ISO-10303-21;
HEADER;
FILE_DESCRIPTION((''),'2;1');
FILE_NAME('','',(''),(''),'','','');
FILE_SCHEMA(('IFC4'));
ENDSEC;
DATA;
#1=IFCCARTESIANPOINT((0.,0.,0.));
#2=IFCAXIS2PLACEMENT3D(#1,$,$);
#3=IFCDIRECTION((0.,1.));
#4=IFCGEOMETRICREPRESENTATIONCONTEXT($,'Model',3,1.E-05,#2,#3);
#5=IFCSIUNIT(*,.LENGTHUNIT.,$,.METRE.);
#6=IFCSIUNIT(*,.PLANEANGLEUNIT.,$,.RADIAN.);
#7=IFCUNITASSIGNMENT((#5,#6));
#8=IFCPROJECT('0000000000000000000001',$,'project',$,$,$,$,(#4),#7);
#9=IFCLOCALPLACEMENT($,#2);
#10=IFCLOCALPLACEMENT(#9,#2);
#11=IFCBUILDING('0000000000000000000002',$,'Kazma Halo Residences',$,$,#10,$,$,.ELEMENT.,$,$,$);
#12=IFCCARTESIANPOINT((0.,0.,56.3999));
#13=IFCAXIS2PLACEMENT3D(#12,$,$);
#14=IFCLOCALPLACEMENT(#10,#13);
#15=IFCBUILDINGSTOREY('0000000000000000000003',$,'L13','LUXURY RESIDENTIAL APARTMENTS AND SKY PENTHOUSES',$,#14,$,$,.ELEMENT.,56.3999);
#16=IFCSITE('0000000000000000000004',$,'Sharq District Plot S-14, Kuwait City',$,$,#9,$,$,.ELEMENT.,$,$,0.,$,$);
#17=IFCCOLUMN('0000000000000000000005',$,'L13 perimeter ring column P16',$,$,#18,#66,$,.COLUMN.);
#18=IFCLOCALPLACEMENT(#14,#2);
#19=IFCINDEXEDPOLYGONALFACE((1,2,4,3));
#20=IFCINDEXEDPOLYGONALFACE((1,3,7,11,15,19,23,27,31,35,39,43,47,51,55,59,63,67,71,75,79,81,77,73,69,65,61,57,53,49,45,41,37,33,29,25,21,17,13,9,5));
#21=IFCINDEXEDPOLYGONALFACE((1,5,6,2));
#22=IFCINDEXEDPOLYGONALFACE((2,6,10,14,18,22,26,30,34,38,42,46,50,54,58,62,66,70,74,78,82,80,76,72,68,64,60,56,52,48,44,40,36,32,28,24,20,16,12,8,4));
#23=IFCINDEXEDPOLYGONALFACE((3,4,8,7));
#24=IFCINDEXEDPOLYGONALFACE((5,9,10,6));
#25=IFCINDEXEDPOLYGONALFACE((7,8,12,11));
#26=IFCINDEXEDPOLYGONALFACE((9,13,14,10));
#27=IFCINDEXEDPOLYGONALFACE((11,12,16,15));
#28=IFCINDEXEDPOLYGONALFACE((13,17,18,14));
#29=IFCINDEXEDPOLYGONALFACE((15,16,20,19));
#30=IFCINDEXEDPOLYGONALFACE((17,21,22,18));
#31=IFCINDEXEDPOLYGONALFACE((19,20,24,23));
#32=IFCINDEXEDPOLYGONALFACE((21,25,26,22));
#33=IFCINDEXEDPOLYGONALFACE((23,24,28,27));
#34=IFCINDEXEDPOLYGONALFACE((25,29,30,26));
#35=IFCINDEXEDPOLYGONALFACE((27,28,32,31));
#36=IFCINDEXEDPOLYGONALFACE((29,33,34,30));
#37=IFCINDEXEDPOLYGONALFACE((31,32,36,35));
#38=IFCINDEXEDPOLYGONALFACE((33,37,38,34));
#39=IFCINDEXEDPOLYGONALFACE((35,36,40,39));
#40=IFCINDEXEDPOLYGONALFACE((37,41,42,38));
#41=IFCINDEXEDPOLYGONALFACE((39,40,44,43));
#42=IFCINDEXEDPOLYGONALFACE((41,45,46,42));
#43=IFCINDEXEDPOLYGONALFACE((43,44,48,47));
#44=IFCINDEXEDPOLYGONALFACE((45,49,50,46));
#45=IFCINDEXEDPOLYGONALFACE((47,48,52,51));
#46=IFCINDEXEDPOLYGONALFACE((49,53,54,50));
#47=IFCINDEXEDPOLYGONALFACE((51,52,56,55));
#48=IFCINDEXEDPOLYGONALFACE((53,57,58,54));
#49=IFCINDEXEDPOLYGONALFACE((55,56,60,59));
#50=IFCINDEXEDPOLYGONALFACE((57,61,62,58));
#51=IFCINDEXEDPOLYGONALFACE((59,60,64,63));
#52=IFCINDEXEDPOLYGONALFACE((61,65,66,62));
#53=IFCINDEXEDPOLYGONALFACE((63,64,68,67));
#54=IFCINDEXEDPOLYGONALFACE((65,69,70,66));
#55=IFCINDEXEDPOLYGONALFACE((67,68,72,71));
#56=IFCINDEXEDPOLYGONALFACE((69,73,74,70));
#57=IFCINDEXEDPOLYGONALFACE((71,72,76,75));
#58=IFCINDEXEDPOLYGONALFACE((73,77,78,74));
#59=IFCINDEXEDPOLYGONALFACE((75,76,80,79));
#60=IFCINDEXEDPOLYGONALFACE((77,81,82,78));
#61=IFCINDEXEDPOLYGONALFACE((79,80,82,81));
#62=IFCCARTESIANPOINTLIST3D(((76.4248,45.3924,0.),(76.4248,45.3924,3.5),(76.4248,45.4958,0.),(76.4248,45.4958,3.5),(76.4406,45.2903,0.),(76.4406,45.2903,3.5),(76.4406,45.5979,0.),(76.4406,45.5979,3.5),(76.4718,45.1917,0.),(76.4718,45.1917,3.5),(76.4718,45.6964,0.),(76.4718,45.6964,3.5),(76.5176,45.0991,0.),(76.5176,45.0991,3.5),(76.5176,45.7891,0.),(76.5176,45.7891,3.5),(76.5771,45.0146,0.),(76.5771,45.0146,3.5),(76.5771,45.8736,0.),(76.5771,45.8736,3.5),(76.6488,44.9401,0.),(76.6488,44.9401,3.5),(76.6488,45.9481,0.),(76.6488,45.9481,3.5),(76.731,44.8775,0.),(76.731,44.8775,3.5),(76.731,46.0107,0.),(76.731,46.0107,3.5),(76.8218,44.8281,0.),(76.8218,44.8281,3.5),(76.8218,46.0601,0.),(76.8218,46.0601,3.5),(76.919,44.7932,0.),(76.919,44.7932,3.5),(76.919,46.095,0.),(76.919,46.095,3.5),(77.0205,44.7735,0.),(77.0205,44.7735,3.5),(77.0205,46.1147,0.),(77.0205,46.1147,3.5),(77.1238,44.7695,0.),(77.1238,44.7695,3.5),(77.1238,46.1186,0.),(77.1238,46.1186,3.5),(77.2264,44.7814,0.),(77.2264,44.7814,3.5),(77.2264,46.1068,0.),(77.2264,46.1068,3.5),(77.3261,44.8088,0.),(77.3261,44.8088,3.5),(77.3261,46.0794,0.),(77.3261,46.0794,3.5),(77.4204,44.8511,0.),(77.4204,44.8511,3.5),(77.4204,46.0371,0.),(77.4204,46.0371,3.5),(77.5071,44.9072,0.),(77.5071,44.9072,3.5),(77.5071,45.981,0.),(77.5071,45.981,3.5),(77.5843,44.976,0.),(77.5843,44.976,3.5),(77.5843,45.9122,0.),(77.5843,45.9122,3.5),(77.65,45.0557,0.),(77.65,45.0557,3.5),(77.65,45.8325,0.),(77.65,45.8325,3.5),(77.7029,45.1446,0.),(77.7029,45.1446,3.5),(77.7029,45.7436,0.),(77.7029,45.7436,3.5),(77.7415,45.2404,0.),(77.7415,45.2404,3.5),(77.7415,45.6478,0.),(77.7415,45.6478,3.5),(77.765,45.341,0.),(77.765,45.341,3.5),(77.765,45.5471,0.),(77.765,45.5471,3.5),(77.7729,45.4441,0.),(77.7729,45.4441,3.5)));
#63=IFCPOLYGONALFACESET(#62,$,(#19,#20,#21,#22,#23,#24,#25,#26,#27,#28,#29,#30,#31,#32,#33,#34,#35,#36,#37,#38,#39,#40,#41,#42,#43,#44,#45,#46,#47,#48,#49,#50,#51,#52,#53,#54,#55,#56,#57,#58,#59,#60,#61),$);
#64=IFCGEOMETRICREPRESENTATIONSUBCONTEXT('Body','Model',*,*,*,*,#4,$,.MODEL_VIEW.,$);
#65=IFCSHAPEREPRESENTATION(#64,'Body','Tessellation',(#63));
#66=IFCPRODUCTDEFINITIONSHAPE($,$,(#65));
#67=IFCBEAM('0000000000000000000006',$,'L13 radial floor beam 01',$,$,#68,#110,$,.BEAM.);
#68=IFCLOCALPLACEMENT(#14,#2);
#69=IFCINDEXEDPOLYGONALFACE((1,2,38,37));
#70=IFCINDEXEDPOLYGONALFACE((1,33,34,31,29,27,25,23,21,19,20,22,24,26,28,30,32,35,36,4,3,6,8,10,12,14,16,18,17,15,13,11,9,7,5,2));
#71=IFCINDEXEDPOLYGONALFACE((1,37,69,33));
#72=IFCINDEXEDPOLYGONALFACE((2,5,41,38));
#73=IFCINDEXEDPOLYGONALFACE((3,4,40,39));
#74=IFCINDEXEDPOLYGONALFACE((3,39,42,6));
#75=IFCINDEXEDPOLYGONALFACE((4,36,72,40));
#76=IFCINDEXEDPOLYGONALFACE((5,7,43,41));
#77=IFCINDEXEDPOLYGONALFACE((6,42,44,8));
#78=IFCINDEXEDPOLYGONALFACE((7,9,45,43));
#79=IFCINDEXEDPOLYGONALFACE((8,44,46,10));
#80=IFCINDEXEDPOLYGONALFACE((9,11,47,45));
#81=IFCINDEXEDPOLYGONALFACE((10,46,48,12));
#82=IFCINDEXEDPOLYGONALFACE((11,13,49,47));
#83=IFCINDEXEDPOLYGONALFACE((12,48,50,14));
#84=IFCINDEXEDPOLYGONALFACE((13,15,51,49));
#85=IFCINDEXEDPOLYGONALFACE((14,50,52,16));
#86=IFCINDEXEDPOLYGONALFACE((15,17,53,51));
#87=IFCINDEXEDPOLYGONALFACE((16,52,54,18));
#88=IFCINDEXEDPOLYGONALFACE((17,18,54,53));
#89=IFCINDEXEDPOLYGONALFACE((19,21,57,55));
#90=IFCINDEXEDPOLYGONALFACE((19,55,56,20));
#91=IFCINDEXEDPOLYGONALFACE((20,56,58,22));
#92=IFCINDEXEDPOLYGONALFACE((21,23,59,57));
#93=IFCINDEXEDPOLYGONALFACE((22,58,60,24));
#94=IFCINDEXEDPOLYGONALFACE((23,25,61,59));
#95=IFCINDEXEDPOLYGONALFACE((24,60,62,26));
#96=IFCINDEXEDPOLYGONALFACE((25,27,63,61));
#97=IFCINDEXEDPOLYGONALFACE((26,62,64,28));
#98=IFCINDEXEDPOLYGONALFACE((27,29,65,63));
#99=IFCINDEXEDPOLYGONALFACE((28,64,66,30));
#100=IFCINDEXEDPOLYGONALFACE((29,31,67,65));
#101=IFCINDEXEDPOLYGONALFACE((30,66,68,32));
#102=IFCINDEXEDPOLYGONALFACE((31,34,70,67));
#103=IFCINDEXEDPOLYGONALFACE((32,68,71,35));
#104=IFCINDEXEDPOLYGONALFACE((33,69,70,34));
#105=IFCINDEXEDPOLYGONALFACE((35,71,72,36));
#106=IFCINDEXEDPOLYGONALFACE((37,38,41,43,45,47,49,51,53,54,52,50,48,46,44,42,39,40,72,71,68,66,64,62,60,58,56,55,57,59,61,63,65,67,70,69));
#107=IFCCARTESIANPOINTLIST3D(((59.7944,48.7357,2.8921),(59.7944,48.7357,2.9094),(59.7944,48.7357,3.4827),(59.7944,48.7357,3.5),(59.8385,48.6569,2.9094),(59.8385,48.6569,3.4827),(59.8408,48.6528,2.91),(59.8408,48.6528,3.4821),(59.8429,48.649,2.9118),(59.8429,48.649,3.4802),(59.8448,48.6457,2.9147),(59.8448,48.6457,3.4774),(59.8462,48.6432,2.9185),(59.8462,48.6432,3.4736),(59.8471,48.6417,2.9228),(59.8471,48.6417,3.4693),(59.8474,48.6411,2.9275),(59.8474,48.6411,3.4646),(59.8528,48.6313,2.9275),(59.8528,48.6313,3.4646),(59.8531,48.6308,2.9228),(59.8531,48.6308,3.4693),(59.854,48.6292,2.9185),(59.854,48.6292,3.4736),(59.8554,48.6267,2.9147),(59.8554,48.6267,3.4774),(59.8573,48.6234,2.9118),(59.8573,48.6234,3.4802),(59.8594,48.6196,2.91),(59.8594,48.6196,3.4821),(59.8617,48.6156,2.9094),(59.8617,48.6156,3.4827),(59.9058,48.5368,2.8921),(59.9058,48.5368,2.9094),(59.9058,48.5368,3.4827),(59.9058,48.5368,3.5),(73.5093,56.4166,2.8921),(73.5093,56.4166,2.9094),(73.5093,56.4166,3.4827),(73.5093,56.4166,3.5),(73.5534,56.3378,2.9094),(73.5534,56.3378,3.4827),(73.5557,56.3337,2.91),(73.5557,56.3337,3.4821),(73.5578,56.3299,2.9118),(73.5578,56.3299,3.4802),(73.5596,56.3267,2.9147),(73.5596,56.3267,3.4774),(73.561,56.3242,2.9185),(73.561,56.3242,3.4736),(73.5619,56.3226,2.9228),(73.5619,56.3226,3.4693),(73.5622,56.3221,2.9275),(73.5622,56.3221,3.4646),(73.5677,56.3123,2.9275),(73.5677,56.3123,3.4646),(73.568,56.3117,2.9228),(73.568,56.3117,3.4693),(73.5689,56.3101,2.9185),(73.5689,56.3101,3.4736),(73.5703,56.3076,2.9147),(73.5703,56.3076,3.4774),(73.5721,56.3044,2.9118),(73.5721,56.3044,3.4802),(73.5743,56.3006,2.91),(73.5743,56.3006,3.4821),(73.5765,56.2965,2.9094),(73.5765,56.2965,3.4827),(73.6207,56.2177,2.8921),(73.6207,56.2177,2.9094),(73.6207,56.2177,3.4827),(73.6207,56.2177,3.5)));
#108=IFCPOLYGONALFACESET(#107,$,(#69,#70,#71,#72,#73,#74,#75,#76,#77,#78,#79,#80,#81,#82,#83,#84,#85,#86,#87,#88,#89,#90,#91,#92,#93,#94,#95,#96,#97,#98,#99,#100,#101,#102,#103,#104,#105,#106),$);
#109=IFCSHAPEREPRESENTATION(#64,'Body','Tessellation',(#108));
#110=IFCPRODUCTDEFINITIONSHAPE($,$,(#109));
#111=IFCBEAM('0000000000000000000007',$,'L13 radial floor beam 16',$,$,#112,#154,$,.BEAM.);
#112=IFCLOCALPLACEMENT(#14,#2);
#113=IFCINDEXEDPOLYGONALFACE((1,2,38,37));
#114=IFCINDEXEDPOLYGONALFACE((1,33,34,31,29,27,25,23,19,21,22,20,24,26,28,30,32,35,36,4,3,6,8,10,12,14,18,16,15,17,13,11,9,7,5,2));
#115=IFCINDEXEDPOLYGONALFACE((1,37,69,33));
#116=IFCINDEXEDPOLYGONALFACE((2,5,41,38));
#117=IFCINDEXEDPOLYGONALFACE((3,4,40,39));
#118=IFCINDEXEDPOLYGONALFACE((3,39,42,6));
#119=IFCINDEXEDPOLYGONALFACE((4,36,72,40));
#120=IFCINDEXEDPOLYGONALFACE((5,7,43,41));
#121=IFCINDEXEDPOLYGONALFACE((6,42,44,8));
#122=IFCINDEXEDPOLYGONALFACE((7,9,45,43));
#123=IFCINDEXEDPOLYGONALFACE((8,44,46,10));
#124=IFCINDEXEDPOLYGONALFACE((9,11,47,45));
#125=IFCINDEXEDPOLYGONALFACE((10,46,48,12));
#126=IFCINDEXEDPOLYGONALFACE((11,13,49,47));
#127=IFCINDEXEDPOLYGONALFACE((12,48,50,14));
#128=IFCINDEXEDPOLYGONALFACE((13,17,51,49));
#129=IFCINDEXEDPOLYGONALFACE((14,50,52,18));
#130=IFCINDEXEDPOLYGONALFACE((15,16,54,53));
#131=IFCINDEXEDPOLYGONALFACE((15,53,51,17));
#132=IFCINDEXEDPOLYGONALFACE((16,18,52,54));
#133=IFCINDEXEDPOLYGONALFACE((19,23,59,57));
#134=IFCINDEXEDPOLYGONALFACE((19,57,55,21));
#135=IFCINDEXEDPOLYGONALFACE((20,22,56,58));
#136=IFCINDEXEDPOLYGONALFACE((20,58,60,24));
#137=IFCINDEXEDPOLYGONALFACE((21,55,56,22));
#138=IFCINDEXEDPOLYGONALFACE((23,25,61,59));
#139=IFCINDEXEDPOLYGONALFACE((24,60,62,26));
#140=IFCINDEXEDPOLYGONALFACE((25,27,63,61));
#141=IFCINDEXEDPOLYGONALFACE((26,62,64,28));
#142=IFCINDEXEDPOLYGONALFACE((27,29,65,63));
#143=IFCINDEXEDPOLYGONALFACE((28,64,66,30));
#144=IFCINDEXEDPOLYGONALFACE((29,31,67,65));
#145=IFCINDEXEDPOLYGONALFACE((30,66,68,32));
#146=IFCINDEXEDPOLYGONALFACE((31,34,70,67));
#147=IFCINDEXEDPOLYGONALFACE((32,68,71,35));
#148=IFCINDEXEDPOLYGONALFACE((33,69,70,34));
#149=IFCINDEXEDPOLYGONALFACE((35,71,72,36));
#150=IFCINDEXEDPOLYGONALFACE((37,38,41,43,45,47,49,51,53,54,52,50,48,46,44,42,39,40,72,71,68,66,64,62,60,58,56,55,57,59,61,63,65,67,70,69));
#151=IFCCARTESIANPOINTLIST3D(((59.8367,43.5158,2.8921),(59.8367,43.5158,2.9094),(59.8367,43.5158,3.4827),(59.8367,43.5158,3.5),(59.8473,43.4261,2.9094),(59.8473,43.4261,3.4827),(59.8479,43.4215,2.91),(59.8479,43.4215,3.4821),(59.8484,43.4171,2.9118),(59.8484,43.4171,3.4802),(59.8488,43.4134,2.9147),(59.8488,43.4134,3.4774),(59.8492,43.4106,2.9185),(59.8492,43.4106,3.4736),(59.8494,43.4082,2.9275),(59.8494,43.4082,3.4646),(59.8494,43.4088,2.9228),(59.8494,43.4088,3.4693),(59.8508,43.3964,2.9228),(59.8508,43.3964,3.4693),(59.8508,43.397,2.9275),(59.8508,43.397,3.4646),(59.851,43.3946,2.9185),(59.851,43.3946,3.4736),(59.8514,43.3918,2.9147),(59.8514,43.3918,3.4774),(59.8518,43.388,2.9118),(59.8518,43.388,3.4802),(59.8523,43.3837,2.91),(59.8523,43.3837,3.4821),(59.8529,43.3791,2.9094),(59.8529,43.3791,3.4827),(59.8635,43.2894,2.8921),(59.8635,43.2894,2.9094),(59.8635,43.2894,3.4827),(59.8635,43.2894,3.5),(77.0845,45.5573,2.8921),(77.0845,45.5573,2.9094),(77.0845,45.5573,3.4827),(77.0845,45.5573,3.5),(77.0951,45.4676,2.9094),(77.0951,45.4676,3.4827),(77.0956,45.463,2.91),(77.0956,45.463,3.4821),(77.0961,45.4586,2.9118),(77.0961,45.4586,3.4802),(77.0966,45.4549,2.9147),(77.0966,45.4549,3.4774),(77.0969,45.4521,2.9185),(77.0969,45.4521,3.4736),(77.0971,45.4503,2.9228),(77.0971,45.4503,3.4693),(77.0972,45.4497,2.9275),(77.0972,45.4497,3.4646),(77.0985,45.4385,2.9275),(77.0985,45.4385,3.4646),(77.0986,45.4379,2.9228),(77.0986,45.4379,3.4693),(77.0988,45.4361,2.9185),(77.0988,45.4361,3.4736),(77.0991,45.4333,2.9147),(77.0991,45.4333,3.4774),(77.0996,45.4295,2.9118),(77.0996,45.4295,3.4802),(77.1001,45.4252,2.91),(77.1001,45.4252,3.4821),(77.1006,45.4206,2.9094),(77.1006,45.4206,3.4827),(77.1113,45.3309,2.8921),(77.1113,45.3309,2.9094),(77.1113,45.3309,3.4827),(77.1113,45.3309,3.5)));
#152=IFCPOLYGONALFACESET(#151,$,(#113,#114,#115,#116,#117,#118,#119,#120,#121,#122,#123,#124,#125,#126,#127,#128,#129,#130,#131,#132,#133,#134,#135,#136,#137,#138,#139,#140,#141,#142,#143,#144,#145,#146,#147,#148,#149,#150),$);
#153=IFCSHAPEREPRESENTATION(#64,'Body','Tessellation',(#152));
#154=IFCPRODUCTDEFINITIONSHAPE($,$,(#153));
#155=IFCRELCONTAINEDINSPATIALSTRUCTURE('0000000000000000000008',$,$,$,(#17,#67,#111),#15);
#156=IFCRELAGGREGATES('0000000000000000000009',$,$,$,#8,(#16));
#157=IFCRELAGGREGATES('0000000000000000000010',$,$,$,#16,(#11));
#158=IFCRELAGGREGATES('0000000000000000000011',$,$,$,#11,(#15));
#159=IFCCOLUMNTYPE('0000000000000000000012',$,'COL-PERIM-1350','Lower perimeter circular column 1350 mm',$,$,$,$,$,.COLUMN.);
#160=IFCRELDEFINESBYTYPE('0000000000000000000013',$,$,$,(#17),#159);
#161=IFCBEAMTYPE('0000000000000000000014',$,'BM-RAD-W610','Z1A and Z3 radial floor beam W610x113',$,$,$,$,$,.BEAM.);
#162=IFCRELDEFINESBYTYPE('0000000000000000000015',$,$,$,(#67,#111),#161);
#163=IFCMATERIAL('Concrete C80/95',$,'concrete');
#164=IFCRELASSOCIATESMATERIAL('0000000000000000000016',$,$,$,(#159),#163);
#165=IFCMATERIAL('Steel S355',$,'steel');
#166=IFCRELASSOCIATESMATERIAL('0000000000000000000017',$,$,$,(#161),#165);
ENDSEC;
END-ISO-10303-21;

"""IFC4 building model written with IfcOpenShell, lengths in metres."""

from ifc_helpers import new_model, si_unit, direction, frame, origin, origin_2d, place, context, subcontext, project, spatial, circle, i_section, extrude, material, material_profile, profile_set, type_object, element, save


model = new_model("IFC4")

# Units and contexts
model_context = context("Model", 3, precision=1e-05, world=origin(), true_north=direction((0.0, 1.0)))
body_context = subcontext(model_context, "Body", "Model", "MODEL_VIEW")
ifc_project = project(units=[si_unit("LENGTHUNIT", "METRE"), si_unit("PLANEANGLEUNIT", "RADIAN")], contexts=[model_context])

# Site, building, storey
site_placement = place(None, origin())
site = spatial("IfcSite", under=ifc_project, at=site_placement, Name="Sharq District Plot S-14, Kuwait City", CompositionType="ELEMENT", RefElevation=0.0)
building_placement = place(site_placement, origin())
building = spatial("IfcBuilding", under=site, at=building_placement, Name="Kazma Halo Residences", CompositionType="ELEMENT")
storey_placement = place(building_placement, frame((0.0, 0.0, 56.3999)))
storey = spatial("IfcBuildingStorey", under=building, at=storey_placement, Name="L13", Description="LUXURY RESIDENTIAL APARTMENTS AND SKY PENTHOUSES", CompositionType="ELEMENT", Elevation=56.3999)

# Column
ifc_material_1 = material(Name="Concrete C80/95", Category="concrete")
ifc_material_profile_1 = material_profile(ifc_material_1, circle(Radius=0.675, at=origin_2d()), Name="CIRC1350")
ifc_profile_set_1 = profile_set([ifc_material_profile_1], Name="Concrete C80/95")
column_type = type_object("IfcColumnType", Name="COL-PERIM-1350", Description="Lower perimeter circular column 1350 mm", PredefinedType="COLUMN", material=ifc_profile_set_1)
column_placement = place(storey_placement, frame((77.0979, 45.4441, 0.0), z_axis=(0.0, 0.0, 1.0), x_axis=(1.0, 0.0, 0.0)))
element("IfcColumn", 1, at=column_placement, inside=storey, type_object=column_type, Name="L13 perimeter ring column P16", PredefinedType="COLUMN", context=body_context, shape_type="SweptSolid", body=[
    extrude(circle(Radius=0.675, at=origin_2d()), origin(), (0.0, 0.0, 1.0), 3.5),
])

# Beams
ifc_material_2 = material(Name="Steel S355", Category="steel")
ifc_material_profile_2 = material_profile(ifc_material_2, i_section(OverallWidth=0.228, OverallDepth=0.6079, WebThickness=0.0112, FlangeThickness=0.0173, FilletRadius=0.0181, at=origin_2d()), Name="W610x113")
ifc_profile_set_2 = profile_set([ifc_material_profile_2], Name="Steel S355")
beam_type_1 = type_object("IfcBeamType", Name="BM-RAD-W610", Description="Z1A and Z3 radial floor beam W610x113", PredefinedType="BEAM", material=ifc_profile_set_2)
beam_1_placement = place(storey_placement, frame((59.8501, 48.6362, 3.196), z_axis=(0.87249, 0.488632, 0.0), x_axis=(-0.488632, 0.87249, 0.0)))
element("IfcBeam", 2, at=beam_1_placement, inside=storey, type_object=beam_type_1, Name="L13 radial floor beam 01", PredefinedType="BEAM", context=body_context, shape_type="SweptSolid", body=[
    extrude(i_section(OverallWidth=0.228, OverallDepth=0.6079, WebThickness=0.0112, FlangeThickness=0.0173, FilletRadius=0.0181, at=origin_2d()), origin(), (0.0, 0.0, 1.0), 15.7192),
])
beam_2_placement = place(storey_placement, frame((59.8501, 43.4026, 3.196), z_axis=(0.993068, 0.117543, 0.0), x_axis=(-0.117543, 0.993068, 0.0)))
element("IfcBeam", 3, at=beam_2_placement, inside=storey, type_object=beam_type_1, Name="L13 radial floor beam 16", PredefinedType="BEAM", context=body_context, shape_type="SweptSolid", body=[
    extrude(i_section(OverallWidth=0.228, OverallDepth=0.6079, WebThickness=0.0112, FlangeThickness=0.0173, FilletRadius=0.0181, at=origin_2d()), origin(), (0.0, 0.0, 1.0), 17.3682),
])

save(model, "model.ifc")
